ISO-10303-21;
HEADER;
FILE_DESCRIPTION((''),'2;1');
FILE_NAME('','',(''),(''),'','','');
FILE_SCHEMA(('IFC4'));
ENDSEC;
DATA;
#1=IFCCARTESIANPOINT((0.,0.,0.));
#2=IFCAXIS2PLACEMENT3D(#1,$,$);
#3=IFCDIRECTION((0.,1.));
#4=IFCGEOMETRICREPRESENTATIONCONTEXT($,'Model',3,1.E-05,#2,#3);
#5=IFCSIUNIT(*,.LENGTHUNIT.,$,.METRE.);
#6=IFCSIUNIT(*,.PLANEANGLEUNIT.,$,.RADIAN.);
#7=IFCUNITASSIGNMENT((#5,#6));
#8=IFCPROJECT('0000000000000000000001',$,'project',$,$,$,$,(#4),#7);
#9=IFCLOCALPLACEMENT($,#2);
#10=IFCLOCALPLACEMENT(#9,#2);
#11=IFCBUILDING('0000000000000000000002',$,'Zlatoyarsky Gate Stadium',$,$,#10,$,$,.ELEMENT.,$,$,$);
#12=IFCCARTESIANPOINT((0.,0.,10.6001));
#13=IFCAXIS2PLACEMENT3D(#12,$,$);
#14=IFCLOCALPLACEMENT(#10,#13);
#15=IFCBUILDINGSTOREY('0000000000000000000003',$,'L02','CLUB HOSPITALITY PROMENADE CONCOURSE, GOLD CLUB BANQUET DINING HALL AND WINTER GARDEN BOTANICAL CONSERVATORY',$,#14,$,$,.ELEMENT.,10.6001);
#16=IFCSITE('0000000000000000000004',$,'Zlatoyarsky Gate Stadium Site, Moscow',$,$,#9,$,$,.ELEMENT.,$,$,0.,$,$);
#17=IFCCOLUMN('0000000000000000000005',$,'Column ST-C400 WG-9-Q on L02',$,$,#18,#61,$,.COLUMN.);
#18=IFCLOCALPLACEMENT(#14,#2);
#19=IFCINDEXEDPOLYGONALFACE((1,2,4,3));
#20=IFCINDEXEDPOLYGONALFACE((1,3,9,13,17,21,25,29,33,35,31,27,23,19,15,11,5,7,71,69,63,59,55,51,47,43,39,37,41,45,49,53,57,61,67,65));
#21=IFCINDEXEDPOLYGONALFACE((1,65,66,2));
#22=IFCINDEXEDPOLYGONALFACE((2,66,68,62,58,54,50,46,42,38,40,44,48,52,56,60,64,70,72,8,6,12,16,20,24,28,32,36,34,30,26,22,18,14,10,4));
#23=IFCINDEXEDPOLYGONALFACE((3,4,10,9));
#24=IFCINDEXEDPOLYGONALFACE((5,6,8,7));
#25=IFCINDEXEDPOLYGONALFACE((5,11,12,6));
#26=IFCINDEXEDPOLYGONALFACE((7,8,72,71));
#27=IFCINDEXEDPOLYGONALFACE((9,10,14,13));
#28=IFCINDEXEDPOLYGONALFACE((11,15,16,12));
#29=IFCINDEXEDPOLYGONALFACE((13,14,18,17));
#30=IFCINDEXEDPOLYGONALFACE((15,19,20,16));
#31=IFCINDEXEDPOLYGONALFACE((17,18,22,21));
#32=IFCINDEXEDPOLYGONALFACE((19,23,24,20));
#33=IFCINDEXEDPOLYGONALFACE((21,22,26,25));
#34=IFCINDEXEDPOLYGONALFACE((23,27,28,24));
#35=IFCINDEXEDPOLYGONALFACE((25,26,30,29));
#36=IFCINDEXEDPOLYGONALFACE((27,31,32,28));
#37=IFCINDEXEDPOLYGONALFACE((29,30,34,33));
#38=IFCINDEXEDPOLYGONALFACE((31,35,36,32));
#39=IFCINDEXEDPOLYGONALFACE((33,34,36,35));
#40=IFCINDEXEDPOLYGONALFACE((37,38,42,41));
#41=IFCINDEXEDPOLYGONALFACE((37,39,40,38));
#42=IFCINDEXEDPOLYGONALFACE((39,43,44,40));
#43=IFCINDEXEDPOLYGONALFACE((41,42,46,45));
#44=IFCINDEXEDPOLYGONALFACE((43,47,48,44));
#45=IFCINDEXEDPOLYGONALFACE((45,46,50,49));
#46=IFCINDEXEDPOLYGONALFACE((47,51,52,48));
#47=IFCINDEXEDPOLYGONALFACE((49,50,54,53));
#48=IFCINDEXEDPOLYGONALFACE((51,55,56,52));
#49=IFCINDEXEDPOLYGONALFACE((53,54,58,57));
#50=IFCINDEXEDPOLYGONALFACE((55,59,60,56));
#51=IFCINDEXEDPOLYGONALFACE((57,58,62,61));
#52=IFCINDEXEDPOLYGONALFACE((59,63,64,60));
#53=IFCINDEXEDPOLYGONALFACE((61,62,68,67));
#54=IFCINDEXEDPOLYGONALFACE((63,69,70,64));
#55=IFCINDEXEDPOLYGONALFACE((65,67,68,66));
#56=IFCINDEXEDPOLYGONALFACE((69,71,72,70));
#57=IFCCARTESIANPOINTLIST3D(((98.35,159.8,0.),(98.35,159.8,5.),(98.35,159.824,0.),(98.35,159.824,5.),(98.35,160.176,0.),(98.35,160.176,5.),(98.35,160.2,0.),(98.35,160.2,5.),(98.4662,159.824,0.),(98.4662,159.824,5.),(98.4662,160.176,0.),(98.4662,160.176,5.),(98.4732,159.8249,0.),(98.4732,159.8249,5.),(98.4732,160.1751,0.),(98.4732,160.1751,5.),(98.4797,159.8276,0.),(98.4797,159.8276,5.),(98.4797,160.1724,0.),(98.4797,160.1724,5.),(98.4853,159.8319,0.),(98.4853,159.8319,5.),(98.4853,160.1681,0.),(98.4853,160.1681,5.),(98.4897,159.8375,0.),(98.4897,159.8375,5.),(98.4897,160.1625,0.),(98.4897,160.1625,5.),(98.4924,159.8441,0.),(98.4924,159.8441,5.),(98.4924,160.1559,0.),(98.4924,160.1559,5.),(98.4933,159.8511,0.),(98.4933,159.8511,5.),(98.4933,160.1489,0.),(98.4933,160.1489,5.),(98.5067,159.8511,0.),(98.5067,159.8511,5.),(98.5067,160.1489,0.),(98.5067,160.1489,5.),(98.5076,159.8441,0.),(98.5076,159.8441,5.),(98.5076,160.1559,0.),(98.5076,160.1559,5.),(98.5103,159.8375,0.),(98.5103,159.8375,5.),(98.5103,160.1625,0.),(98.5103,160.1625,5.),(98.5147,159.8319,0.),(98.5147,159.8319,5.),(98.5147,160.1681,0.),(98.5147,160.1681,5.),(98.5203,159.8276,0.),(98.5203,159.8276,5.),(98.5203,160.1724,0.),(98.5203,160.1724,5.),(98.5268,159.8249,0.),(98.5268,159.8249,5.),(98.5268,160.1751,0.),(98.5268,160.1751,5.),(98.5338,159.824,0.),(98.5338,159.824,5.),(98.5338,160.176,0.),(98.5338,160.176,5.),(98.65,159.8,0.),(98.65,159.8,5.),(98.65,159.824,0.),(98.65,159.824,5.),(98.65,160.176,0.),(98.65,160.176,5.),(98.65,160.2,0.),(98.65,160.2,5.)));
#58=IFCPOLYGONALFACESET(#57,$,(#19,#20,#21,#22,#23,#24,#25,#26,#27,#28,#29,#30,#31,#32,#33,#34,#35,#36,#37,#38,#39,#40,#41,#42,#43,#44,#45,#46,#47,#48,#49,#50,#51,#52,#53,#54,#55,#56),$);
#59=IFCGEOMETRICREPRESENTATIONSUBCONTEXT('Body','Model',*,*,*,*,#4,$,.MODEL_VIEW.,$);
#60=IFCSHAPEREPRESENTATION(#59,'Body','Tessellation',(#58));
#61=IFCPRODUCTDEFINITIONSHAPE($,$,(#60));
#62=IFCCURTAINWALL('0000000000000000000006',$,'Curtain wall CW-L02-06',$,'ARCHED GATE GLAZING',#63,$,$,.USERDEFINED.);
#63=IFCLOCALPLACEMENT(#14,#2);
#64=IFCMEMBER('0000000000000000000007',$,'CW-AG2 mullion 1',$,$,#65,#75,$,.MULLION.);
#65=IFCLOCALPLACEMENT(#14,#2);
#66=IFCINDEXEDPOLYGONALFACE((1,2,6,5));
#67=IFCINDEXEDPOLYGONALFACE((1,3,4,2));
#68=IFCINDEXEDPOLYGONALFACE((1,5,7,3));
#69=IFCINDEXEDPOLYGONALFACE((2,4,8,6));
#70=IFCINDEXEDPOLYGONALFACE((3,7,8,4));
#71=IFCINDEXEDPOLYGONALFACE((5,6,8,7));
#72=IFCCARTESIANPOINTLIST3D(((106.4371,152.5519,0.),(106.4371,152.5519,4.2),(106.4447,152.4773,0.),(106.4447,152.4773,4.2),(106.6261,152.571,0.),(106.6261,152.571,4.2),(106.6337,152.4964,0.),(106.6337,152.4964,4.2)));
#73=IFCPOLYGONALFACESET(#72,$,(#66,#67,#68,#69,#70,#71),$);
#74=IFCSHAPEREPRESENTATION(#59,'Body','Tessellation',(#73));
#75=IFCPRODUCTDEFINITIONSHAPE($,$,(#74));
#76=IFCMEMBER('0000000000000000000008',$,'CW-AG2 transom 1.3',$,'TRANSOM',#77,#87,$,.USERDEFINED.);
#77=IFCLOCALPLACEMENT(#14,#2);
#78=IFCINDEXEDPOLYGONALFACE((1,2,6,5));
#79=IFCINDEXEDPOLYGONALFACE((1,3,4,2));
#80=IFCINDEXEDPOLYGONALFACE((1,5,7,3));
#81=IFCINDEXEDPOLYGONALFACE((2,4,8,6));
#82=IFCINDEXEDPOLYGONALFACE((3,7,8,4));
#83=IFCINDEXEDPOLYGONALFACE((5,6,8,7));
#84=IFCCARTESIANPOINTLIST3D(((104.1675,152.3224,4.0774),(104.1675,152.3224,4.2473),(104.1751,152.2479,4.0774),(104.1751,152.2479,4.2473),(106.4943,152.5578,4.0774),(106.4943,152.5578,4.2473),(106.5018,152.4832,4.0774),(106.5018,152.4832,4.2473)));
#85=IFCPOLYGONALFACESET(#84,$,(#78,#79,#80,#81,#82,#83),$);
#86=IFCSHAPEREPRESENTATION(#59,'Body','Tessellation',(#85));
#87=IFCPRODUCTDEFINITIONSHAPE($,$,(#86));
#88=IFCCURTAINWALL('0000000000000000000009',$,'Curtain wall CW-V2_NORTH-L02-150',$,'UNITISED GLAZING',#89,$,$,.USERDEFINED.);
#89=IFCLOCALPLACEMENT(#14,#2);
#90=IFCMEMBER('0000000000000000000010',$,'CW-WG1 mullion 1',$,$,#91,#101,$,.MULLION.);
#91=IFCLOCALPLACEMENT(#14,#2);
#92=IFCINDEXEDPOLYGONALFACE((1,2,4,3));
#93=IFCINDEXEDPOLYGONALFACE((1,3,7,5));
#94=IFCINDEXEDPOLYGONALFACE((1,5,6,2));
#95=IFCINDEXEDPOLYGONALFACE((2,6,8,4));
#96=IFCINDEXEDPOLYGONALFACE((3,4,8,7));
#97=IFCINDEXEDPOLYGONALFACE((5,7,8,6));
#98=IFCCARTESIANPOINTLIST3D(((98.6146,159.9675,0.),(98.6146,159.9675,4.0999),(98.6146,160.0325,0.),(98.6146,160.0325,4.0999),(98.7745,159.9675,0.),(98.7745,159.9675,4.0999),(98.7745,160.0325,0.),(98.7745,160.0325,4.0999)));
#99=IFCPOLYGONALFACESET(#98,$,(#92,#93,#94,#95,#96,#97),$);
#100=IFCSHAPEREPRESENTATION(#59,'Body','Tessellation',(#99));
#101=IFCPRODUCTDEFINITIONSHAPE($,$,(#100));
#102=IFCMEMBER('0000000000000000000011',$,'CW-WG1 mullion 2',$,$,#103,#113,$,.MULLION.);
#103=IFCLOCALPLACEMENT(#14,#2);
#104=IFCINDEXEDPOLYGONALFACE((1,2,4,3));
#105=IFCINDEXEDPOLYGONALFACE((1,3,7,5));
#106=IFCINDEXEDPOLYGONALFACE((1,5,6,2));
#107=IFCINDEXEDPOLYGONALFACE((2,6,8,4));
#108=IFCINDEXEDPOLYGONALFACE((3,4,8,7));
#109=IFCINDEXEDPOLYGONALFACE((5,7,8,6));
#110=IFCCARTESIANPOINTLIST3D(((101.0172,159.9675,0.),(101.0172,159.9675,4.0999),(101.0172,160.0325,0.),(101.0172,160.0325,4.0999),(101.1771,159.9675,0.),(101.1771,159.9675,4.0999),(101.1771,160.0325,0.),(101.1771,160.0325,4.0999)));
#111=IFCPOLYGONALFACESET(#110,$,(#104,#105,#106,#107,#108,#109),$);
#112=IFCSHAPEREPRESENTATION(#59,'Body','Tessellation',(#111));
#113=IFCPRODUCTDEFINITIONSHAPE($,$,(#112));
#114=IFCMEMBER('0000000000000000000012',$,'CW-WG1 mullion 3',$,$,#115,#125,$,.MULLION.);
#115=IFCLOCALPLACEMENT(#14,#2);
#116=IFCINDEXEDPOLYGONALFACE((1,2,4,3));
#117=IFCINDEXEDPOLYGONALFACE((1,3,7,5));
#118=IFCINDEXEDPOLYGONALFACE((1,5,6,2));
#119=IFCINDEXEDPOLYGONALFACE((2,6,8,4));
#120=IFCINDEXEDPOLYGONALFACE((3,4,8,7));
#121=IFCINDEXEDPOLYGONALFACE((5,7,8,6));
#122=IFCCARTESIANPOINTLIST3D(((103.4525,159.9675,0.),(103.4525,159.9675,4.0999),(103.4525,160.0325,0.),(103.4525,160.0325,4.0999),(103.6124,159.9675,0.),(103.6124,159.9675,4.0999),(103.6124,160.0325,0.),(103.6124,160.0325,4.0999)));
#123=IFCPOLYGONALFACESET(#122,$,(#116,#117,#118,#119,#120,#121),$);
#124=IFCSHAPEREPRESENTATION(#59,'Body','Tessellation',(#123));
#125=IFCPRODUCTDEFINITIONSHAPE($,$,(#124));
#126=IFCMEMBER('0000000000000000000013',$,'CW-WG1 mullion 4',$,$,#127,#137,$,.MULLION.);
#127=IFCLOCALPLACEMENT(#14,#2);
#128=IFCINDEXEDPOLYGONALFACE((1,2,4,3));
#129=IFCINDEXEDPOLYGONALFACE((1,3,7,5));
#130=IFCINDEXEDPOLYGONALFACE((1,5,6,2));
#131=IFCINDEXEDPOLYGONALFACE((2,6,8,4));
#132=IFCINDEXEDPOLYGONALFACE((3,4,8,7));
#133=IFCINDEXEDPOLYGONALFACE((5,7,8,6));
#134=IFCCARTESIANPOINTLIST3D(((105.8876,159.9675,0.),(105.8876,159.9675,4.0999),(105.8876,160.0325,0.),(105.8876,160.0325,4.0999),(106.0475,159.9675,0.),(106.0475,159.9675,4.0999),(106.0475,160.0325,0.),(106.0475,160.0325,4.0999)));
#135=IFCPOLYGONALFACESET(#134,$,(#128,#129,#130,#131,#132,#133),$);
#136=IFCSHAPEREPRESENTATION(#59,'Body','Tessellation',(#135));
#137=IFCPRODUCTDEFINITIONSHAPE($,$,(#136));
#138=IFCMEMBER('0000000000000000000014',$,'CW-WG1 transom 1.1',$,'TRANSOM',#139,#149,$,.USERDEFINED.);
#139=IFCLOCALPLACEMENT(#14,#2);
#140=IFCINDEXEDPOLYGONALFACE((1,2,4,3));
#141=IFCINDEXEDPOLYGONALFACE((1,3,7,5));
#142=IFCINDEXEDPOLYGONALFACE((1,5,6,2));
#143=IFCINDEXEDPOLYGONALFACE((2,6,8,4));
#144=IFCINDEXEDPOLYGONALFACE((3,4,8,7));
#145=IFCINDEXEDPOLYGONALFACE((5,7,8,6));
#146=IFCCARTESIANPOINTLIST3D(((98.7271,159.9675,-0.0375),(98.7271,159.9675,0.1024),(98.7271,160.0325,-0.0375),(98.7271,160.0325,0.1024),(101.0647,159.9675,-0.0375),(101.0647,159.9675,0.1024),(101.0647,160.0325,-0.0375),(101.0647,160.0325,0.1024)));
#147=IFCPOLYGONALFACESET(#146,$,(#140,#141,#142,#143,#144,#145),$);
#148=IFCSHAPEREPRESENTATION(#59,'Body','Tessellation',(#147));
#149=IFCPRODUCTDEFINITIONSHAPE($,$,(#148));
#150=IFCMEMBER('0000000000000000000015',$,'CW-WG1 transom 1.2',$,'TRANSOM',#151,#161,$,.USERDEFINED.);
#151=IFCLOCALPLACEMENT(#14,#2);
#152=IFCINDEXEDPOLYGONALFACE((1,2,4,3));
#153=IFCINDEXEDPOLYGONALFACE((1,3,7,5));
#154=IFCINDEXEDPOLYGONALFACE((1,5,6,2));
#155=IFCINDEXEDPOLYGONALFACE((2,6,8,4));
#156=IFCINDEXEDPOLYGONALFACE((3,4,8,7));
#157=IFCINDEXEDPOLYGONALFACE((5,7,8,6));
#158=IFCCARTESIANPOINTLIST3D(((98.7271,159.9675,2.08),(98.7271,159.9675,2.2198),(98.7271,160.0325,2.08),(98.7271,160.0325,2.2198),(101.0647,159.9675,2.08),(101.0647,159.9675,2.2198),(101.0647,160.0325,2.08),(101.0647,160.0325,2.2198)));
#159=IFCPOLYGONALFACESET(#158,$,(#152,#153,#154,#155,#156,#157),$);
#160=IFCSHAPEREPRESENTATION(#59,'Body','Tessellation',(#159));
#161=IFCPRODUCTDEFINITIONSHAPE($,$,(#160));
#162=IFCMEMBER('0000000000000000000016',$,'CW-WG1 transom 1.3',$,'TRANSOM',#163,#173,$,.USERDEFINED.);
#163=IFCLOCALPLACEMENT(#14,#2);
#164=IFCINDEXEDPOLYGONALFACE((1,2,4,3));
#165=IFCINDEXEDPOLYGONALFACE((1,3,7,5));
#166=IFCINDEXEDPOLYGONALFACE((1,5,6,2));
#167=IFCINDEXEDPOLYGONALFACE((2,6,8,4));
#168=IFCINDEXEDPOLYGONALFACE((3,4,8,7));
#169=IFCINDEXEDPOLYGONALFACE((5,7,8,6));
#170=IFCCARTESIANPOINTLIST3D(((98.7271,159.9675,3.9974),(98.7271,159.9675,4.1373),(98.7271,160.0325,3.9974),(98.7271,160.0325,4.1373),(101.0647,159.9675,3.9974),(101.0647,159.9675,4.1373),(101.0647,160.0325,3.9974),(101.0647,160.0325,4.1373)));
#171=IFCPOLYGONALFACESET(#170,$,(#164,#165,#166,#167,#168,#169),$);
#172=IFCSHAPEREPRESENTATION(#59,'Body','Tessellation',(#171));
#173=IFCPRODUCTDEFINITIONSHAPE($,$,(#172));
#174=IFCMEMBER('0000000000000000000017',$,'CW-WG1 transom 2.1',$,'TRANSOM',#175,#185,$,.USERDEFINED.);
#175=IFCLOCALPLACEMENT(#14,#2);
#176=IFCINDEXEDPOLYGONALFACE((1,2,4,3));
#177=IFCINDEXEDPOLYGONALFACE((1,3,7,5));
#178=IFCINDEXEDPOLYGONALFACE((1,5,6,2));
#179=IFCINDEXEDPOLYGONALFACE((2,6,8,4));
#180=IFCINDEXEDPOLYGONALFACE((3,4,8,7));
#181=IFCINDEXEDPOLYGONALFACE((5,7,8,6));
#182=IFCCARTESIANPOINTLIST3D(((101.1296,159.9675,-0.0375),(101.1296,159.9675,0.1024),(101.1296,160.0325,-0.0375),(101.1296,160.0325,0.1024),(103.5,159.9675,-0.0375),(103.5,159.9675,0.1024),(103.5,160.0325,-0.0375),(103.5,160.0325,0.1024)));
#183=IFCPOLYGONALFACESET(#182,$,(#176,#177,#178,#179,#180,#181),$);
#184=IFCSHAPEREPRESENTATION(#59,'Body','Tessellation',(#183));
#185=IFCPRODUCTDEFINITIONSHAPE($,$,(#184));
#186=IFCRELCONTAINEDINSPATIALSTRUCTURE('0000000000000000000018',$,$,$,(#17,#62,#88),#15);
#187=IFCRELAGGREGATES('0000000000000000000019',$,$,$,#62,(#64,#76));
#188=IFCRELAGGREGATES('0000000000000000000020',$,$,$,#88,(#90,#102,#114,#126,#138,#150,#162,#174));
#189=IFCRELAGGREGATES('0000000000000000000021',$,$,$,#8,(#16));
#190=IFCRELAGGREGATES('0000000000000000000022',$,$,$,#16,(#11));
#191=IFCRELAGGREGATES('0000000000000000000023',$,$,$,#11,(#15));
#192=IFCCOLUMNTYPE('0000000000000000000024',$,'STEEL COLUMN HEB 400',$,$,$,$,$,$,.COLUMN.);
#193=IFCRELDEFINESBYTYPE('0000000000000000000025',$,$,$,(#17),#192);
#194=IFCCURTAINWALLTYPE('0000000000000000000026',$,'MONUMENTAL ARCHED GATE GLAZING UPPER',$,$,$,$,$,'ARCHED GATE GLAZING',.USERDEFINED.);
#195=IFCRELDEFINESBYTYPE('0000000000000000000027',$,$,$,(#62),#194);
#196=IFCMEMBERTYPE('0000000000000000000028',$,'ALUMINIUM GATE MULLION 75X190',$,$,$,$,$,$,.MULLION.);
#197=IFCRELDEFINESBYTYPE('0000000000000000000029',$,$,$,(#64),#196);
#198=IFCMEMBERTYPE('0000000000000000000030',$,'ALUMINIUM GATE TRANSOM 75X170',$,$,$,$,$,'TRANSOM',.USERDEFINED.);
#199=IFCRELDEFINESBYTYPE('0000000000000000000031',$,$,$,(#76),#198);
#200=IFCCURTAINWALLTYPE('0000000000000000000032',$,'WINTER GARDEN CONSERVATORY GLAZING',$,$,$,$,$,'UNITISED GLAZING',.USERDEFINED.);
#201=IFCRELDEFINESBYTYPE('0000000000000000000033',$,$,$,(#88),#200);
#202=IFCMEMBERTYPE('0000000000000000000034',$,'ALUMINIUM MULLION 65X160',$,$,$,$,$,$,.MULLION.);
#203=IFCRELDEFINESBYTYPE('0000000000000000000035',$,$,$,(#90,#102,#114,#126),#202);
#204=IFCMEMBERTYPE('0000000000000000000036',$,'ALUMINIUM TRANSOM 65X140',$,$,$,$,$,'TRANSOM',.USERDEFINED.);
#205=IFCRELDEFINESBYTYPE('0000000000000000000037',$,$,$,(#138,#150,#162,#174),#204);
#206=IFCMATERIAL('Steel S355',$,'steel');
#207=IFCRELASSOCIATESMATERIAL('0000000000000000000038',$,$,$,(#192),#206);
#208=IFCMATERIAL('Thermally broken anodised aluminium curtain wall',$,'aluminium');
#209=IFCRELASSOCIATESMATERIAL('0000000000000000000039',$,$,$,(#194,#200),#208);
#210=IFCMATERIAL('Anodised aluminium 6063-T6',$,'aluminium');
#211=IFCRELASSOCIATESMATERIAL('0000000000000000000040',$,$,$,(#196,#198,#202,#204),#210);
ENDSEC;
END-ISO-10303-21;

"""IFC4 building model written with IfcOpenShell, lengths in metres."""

from ifc_helpers import new_model, si_unit, direction, frame, origin, origin_2d, place, context, subcontext, project, spatial, rectangle, i_section, extrude, material, material_profile, profile_set, type_object, element, aggregate, save


model = new_model("IFC4")

# Units and contexts
model_context = context("Model", 3, precision=1e-05, world=origin(), true_north=direction((0.0, 1.0)))
body_context = subcontext(model_context, "Body", "Model", "MODEL_VIEW")
ifc_project = project(units=[si_unit("LENGTHUNIT", "METRE"), si_unit("PLANEANGLEUNIT", "RADIAN")], contexts=[model_context])

# Site, building, storey
site_placement = place(None, origin())
site = spatial("IfcSite", under=ifc_project, at=site_placement, Name="Zlatoyarsky Gate Stadium Site, Moscow", CompositionType="ELEMENT", RefElevation=0.0)
building_placement = place(site_placement, origin())
building = spatial("IfcBuilding", under=site, at=building_placement, Name="Zlatoyarsky Gate Stadium", CompositionType="ELEMENT")
storey_placement = place(building_placement, frame((0.0, 0.0, 10.6001)))
storey = spatial("IfcBuildingStorey", under=building, at=storey_placement, Name="L02", Description="CLUB HOSPITALITY PROMENADE CONCOURSE, GOLD CLUB BANQUET DINING HALL AND WINTER GARDEN BOTANICAL CONSERVATORY", CompositionType="ELEMENT", Elevation=10.6001)

# Column
ifc_material_1 = material(Name="Steel S355", Category="steel")
ifc_material_profile_1 = material_profile(ifc_material_1, i_section(OverallWidth=0.3, OverallDepth=0.3999, WebThickness=0.0134, FlangeThickness=0.0239, FilletRadius=0.0271, at=origin_2d()), Name="HEB 400")
ifc_profile_set_1 = profile_set([ifc_material_profile_1], Name="Steel S355")
column_type = type_object("IfcColumnType", Name="STEEL COLUMN HEB 400", PredefinedType="COLUMN", material=ifc_profile_set_1)
column_placement = place(storey_placement, frame((98.5, 160.0, 0.0), z_axis=(0.0, 0.0, 1.0), x_axis=(1.0, 0.0, 0.0)))
element("IfcColumn", 1, at=column_placement, inside=storey, type_object=column_type, Name="Column ST-C400 WG-9-Q on L02", PredefinedType="COLUMN", context=body_context, shape_type="SweptSolid", body=[
    extrude(i_section(OverallWidth=0.3, OverallDepth=0.3999, WebThickness=0.0134, FlangeThickness=0.0239, FilletRadius=0.0271, at=origin_2d()), origin(), (0.0, 0.0, 1.0), 5.0),
])

# Curtain walls, members
ifc_material_2 = material(Name="Thermally broken anodised aluminium curtain wall", Category="aluminium")
curtain_wall_type_1 = type_object("IfcCurtainWallType", Name="MONUMENTAL ARCHED GATE GLAZING UPPER", ElementType="ARCHED GATE GLAZING", PredefinedType="USERDEFINED", material=ifc_material_2)
curtain_wall_1_placement = place(storey_placement, origin())
curtain_wall_1 = element("IfcCurtainWall", 2, at=curtain_wall_1_placement, inside=storey, type_object=curtain_wall_type_1, Name="Curtain wall CW-L02-06", ObjectType="ARCHED GATE GLAZING", PredefinedType="USERDEFINED")
ifc_material_3 = material(Name="Anodised aluminium 6063-T6", Category="aluminium")
ifc_material_profile_2 = material_profile(ifc_material_3, rectangle(XDim=0.075, YDim=0.1899, at=origin_2d()), Name="ALU 75X190")
ifc_profile_set_2 = profile_set([ifc_material_profile_2], Name="Anodised aluminium 6063-T6")
member_type_1 = type_object("IfcMemberType", Name="ALUMINIUM GATE MULLION 75X190", PredefinedType="MULLION", material=ifc_profile_set_2)
member_1_placement = place(storey_placement, frame((106.5354, 152.5242, 0.0), z_axis=(0.0, 0.0, 1.0), x_axis=(0.100642, -0.994923, 0.0)))
member_1 = element("IfcMember", 3, at=member_1_placement, type_object=member_type_1, Name="CW-AG2 mullion 1", PredefinedType="MULLION", context=body_context, shape_type="SweptSolid", body=[
    extrude(rectangle(XDim=0.075, YDim=0.1899, at=origin_2d()), origin(), (0.0, 0.0, 1.0), 4.2),
])
ifc_material_profile_3 = material_profile(ifc_material_3, rectangle(XDim=0.075, YDim=0.1699, at=origin_2d()), Name="ALU 75X170")
ifc_profile_set_3 = profile_set([ifc_material_profile_3], Name="Anodised aluminium 6063-T6")
member_type_2 = type_object("IfcMemberType", Name="ALUMINIUM GATE TRANSOM 75X170", ElementType="TRANSOM", PredefinedType="USERDEFINED", material=ifc_profile_set_3)
member_2_placement = place(storey_placement, frame((106.498, 152.5205, 4.1624), z_axis=(-0.994923, -0.100641, 0.0), x_axis=(0.100641, -0.994923, 0.0)))
member_2 = element("IfcMember", 4, at=member_2_placement, type_object=member_type_2, Name="CW-AG2 transom 1.3", ObjectType="TRANSOM", PredefinedType="USERDEFINED", context=body_context, shape_type="SweptSolid", body=[
    extrude(rectangle(XDim=0.075, YDim=0.1699, at=origin_2d()), origin(), (0.0, 0.0, 1.0), 2.3386),
])
aggregate(curtain_wall_1, [member_1, member_2])
curtain_wall_type_2 = type_object("IfcCurtainWallType", Name="WINTER GARDEN CONSERVATORY GLAZING", ElementType="UNITISED GLAZING", PredefinedType="USERDEFINED", material=ifc_material_2)
curtain_wall_2_placement = place(storey_placement, origin())
curtain_wall_2 = element("IfcCurtainWall", 5, at=curtain_wall_2_placement, inside=storey, type_object=curtain_wall_type_2, Name="Curtain wall CW-V2_NORTH-L02-150", ObjectType="UNITISED GLAZING", PredefinedType="USERDEFINED")
ifc_material_profile_4 = material_profile(ifc_material_3, rectangle(XDim=0.0649, YDim=0.1599, at=origin_2d()), Name="ALU 65X160")
ifc_profile_set_4 = profile_set([ifc_material_profile_4], Name="Anodised aluminium 6063-T6")
member_type_3 = type_object("IfcMemberType", Name="ALUMINIUM MULLION 65X160", PredefinedType="MULLION", material=ifc_profile_set_4)
member_3_placement = place(storey_placement, frame((98.6946, 160.0, 0.0), z_axis=(0.0, 0.0, 1.0), x_axis=(0.0, 1.0, 0.0)))
member_3 = element("IfcMember", 6, at=member_3_placement, type_object=member_type_3, Name="CW-WG1 mullion 1", PredefinedType="MULLION", context=body_context, shape_type="SweptSolid", body=[
    extrude(rectangle(XDim=0.0649, YDim=0.1599, at=origin_2d()), origin(), (0.0, 0.0, 1.0), 4.0999),
])
member_4_placement = place(storey_placement, frame((101.0972, 160.0, 0.0), z_axis=(0.0, 0.0, 1.0), x_axis=(0.0, 1.0, 0.0)))
member_4 = element("IfcMember", 7, at=member_4_placement, type_object=member_type_3, Name="CW-WG1 mullion 2", PredefinedType="MULLION", context=body_context, shape_type="SweptSolid", body=[
    extrude(rectangle(XDim=0.0649, YDim=0.1599, at=origin_2d()), origin(), (0.0, 0.0, 1.0), 4.0999),
])
member_5_placement = place(storey_placement, frame((103.5325, 160.0, 0.0), z_axis=(0.0, 0.0, 1.0), x_axis=(0.0, 1.0, 0.0)))
member_5 = element("IfcMember", 8, at=member_5_placement, type_object=member_type_3, Name="CW-WG1 mullion 3", PredefinedType="MULLION", context=body_context, shape_type="SweptSolid", body=[
    extrude(rectangle(XDim=0.0649, YDim=0.1599, at=origin_2d()), origin(), (0.0, 0.0, 1.0), 4.0999),
])
member_6_placement = place(storey_placement, frame((105.9675, 160.0, 0.0), z_axis=(0.0, 0.0, 1.0), x_axis=(0.0, 1.0, 0.0)))
member_6 = element("IfcMember", 9, at=member_6_placement, type_object=member_type_3, Name="CW-WG1 mullion 4", PredefinedType="MULLION", context=body_context, shape_type="SweptSolid", body=[
    extrude(rectangle(XDim=0.0649, YDim=0.1599, at=origin_2d()), origin(), (0.0, 0.0, 1.0), 4.0999),
])
ifc_material_profile_5 = material_profile(ifc_material_3, rectangle(XDim=0.0649, YDim=0.1399, at=origin_2d()), Name="ALU 65X140")
ifc_profile_set_5 = profile_set([ifc_material_profile_5], Name="Anodised aluminium 6063-T6")
member_type_4 = type_object("IfcMemberType", Name="ALUMINIUM TRANSOM 65X140", ElementType="TRANSOM", PredefinedType="USERDEFINED", material=ifc_profile_set_5)
member_7_placement = place(storey_placement, frame((98.7271, 160.0, 0.0325), z_axis=(1.0, 0.0, 0.0), x_axis=(0.0, 1.0, 0.0)))
member_7 = element("IfcMember", 10, at=member_7_placement, type_object=member_type_4, Name="CW-WG1 transom 1.1", ObjectType="TRANSOM", PredefinedType="USERDEFINED", context=body_context, shape_type="SweptSolid", body=[
    extrude(rectangle(XDim=0.0649, YDim=0.1399, at=origin_2d()), origin(), (0.0, 0.0, 1.0), 2.3376),
])
member_8_placement = place(storey_placement, frame((98.7271, 160.0, 2.1499), z_axis=(1.0, 0.0, 0.0), x_axis=(0.0, 1.0, 0.0)))
member_8 = element("IfcMember", 11, at=member_8_placement, type_object=member_type_4, Name="CW-WG1 transom 1.2", ObjectType="TRANSOM", PredefinedType="USERDEFINED", context=body_context, shape_type="SweptSolid", body=[
    extrude(rectangle(XDim=0.0649, YDim=0.1399, at=origin_2d()), origin(), (0.0, 0.0, 1.0), 2.3376),
])
member_9_placement = place(storey_placement, frame((98.7271, 160.0, 4.0674), z_axis=(1.0, 0.0, 0.0), x_axis=(0.0, 1.0, 0.0)))
member_9 = element("IfcMember", 12, at=member_9_placement, type_object=member_type_4, Name="CW-WG1 transom 1.3", ObjectType="TRANSOM", PredefinedType="USERDEFINED", context=body_context, shape_type="SweptSolid", body=[
    extrude(rectangle(XDim=0.0649, YDim=0.1399, at=origin_2d()), origin(), (0.0, 0.0, 1.0), 2.3376),
])
member_10_placement = place(storey_placement, frame((101.1296, 160.0, 0.0325), z_axis=(1.0, 0.0, 0.0), x_axis=(0.0, 1.0, 0.0)))
member_10 = element("IfcMember", 13, at=member_10_placement, type_object=member_type_4, Name="CW-WG1 transom 2.1", ObjectType="TRANSOM", PredefinedType="USERDEFINED", context=body_context, shape_type="SweptSolid", body=[
    extrude(rectangle(XDim=0.0649, YDim=0.1399, at=origin_2d()), origin(), (0.0, 0.0, 1.0), 2.3704),
])

aggregate(curtain_wall_2, [member_3, member_4, member_5, member_6, member_7, member_8, member_9, member_10])

save(model, "model.ifc")
